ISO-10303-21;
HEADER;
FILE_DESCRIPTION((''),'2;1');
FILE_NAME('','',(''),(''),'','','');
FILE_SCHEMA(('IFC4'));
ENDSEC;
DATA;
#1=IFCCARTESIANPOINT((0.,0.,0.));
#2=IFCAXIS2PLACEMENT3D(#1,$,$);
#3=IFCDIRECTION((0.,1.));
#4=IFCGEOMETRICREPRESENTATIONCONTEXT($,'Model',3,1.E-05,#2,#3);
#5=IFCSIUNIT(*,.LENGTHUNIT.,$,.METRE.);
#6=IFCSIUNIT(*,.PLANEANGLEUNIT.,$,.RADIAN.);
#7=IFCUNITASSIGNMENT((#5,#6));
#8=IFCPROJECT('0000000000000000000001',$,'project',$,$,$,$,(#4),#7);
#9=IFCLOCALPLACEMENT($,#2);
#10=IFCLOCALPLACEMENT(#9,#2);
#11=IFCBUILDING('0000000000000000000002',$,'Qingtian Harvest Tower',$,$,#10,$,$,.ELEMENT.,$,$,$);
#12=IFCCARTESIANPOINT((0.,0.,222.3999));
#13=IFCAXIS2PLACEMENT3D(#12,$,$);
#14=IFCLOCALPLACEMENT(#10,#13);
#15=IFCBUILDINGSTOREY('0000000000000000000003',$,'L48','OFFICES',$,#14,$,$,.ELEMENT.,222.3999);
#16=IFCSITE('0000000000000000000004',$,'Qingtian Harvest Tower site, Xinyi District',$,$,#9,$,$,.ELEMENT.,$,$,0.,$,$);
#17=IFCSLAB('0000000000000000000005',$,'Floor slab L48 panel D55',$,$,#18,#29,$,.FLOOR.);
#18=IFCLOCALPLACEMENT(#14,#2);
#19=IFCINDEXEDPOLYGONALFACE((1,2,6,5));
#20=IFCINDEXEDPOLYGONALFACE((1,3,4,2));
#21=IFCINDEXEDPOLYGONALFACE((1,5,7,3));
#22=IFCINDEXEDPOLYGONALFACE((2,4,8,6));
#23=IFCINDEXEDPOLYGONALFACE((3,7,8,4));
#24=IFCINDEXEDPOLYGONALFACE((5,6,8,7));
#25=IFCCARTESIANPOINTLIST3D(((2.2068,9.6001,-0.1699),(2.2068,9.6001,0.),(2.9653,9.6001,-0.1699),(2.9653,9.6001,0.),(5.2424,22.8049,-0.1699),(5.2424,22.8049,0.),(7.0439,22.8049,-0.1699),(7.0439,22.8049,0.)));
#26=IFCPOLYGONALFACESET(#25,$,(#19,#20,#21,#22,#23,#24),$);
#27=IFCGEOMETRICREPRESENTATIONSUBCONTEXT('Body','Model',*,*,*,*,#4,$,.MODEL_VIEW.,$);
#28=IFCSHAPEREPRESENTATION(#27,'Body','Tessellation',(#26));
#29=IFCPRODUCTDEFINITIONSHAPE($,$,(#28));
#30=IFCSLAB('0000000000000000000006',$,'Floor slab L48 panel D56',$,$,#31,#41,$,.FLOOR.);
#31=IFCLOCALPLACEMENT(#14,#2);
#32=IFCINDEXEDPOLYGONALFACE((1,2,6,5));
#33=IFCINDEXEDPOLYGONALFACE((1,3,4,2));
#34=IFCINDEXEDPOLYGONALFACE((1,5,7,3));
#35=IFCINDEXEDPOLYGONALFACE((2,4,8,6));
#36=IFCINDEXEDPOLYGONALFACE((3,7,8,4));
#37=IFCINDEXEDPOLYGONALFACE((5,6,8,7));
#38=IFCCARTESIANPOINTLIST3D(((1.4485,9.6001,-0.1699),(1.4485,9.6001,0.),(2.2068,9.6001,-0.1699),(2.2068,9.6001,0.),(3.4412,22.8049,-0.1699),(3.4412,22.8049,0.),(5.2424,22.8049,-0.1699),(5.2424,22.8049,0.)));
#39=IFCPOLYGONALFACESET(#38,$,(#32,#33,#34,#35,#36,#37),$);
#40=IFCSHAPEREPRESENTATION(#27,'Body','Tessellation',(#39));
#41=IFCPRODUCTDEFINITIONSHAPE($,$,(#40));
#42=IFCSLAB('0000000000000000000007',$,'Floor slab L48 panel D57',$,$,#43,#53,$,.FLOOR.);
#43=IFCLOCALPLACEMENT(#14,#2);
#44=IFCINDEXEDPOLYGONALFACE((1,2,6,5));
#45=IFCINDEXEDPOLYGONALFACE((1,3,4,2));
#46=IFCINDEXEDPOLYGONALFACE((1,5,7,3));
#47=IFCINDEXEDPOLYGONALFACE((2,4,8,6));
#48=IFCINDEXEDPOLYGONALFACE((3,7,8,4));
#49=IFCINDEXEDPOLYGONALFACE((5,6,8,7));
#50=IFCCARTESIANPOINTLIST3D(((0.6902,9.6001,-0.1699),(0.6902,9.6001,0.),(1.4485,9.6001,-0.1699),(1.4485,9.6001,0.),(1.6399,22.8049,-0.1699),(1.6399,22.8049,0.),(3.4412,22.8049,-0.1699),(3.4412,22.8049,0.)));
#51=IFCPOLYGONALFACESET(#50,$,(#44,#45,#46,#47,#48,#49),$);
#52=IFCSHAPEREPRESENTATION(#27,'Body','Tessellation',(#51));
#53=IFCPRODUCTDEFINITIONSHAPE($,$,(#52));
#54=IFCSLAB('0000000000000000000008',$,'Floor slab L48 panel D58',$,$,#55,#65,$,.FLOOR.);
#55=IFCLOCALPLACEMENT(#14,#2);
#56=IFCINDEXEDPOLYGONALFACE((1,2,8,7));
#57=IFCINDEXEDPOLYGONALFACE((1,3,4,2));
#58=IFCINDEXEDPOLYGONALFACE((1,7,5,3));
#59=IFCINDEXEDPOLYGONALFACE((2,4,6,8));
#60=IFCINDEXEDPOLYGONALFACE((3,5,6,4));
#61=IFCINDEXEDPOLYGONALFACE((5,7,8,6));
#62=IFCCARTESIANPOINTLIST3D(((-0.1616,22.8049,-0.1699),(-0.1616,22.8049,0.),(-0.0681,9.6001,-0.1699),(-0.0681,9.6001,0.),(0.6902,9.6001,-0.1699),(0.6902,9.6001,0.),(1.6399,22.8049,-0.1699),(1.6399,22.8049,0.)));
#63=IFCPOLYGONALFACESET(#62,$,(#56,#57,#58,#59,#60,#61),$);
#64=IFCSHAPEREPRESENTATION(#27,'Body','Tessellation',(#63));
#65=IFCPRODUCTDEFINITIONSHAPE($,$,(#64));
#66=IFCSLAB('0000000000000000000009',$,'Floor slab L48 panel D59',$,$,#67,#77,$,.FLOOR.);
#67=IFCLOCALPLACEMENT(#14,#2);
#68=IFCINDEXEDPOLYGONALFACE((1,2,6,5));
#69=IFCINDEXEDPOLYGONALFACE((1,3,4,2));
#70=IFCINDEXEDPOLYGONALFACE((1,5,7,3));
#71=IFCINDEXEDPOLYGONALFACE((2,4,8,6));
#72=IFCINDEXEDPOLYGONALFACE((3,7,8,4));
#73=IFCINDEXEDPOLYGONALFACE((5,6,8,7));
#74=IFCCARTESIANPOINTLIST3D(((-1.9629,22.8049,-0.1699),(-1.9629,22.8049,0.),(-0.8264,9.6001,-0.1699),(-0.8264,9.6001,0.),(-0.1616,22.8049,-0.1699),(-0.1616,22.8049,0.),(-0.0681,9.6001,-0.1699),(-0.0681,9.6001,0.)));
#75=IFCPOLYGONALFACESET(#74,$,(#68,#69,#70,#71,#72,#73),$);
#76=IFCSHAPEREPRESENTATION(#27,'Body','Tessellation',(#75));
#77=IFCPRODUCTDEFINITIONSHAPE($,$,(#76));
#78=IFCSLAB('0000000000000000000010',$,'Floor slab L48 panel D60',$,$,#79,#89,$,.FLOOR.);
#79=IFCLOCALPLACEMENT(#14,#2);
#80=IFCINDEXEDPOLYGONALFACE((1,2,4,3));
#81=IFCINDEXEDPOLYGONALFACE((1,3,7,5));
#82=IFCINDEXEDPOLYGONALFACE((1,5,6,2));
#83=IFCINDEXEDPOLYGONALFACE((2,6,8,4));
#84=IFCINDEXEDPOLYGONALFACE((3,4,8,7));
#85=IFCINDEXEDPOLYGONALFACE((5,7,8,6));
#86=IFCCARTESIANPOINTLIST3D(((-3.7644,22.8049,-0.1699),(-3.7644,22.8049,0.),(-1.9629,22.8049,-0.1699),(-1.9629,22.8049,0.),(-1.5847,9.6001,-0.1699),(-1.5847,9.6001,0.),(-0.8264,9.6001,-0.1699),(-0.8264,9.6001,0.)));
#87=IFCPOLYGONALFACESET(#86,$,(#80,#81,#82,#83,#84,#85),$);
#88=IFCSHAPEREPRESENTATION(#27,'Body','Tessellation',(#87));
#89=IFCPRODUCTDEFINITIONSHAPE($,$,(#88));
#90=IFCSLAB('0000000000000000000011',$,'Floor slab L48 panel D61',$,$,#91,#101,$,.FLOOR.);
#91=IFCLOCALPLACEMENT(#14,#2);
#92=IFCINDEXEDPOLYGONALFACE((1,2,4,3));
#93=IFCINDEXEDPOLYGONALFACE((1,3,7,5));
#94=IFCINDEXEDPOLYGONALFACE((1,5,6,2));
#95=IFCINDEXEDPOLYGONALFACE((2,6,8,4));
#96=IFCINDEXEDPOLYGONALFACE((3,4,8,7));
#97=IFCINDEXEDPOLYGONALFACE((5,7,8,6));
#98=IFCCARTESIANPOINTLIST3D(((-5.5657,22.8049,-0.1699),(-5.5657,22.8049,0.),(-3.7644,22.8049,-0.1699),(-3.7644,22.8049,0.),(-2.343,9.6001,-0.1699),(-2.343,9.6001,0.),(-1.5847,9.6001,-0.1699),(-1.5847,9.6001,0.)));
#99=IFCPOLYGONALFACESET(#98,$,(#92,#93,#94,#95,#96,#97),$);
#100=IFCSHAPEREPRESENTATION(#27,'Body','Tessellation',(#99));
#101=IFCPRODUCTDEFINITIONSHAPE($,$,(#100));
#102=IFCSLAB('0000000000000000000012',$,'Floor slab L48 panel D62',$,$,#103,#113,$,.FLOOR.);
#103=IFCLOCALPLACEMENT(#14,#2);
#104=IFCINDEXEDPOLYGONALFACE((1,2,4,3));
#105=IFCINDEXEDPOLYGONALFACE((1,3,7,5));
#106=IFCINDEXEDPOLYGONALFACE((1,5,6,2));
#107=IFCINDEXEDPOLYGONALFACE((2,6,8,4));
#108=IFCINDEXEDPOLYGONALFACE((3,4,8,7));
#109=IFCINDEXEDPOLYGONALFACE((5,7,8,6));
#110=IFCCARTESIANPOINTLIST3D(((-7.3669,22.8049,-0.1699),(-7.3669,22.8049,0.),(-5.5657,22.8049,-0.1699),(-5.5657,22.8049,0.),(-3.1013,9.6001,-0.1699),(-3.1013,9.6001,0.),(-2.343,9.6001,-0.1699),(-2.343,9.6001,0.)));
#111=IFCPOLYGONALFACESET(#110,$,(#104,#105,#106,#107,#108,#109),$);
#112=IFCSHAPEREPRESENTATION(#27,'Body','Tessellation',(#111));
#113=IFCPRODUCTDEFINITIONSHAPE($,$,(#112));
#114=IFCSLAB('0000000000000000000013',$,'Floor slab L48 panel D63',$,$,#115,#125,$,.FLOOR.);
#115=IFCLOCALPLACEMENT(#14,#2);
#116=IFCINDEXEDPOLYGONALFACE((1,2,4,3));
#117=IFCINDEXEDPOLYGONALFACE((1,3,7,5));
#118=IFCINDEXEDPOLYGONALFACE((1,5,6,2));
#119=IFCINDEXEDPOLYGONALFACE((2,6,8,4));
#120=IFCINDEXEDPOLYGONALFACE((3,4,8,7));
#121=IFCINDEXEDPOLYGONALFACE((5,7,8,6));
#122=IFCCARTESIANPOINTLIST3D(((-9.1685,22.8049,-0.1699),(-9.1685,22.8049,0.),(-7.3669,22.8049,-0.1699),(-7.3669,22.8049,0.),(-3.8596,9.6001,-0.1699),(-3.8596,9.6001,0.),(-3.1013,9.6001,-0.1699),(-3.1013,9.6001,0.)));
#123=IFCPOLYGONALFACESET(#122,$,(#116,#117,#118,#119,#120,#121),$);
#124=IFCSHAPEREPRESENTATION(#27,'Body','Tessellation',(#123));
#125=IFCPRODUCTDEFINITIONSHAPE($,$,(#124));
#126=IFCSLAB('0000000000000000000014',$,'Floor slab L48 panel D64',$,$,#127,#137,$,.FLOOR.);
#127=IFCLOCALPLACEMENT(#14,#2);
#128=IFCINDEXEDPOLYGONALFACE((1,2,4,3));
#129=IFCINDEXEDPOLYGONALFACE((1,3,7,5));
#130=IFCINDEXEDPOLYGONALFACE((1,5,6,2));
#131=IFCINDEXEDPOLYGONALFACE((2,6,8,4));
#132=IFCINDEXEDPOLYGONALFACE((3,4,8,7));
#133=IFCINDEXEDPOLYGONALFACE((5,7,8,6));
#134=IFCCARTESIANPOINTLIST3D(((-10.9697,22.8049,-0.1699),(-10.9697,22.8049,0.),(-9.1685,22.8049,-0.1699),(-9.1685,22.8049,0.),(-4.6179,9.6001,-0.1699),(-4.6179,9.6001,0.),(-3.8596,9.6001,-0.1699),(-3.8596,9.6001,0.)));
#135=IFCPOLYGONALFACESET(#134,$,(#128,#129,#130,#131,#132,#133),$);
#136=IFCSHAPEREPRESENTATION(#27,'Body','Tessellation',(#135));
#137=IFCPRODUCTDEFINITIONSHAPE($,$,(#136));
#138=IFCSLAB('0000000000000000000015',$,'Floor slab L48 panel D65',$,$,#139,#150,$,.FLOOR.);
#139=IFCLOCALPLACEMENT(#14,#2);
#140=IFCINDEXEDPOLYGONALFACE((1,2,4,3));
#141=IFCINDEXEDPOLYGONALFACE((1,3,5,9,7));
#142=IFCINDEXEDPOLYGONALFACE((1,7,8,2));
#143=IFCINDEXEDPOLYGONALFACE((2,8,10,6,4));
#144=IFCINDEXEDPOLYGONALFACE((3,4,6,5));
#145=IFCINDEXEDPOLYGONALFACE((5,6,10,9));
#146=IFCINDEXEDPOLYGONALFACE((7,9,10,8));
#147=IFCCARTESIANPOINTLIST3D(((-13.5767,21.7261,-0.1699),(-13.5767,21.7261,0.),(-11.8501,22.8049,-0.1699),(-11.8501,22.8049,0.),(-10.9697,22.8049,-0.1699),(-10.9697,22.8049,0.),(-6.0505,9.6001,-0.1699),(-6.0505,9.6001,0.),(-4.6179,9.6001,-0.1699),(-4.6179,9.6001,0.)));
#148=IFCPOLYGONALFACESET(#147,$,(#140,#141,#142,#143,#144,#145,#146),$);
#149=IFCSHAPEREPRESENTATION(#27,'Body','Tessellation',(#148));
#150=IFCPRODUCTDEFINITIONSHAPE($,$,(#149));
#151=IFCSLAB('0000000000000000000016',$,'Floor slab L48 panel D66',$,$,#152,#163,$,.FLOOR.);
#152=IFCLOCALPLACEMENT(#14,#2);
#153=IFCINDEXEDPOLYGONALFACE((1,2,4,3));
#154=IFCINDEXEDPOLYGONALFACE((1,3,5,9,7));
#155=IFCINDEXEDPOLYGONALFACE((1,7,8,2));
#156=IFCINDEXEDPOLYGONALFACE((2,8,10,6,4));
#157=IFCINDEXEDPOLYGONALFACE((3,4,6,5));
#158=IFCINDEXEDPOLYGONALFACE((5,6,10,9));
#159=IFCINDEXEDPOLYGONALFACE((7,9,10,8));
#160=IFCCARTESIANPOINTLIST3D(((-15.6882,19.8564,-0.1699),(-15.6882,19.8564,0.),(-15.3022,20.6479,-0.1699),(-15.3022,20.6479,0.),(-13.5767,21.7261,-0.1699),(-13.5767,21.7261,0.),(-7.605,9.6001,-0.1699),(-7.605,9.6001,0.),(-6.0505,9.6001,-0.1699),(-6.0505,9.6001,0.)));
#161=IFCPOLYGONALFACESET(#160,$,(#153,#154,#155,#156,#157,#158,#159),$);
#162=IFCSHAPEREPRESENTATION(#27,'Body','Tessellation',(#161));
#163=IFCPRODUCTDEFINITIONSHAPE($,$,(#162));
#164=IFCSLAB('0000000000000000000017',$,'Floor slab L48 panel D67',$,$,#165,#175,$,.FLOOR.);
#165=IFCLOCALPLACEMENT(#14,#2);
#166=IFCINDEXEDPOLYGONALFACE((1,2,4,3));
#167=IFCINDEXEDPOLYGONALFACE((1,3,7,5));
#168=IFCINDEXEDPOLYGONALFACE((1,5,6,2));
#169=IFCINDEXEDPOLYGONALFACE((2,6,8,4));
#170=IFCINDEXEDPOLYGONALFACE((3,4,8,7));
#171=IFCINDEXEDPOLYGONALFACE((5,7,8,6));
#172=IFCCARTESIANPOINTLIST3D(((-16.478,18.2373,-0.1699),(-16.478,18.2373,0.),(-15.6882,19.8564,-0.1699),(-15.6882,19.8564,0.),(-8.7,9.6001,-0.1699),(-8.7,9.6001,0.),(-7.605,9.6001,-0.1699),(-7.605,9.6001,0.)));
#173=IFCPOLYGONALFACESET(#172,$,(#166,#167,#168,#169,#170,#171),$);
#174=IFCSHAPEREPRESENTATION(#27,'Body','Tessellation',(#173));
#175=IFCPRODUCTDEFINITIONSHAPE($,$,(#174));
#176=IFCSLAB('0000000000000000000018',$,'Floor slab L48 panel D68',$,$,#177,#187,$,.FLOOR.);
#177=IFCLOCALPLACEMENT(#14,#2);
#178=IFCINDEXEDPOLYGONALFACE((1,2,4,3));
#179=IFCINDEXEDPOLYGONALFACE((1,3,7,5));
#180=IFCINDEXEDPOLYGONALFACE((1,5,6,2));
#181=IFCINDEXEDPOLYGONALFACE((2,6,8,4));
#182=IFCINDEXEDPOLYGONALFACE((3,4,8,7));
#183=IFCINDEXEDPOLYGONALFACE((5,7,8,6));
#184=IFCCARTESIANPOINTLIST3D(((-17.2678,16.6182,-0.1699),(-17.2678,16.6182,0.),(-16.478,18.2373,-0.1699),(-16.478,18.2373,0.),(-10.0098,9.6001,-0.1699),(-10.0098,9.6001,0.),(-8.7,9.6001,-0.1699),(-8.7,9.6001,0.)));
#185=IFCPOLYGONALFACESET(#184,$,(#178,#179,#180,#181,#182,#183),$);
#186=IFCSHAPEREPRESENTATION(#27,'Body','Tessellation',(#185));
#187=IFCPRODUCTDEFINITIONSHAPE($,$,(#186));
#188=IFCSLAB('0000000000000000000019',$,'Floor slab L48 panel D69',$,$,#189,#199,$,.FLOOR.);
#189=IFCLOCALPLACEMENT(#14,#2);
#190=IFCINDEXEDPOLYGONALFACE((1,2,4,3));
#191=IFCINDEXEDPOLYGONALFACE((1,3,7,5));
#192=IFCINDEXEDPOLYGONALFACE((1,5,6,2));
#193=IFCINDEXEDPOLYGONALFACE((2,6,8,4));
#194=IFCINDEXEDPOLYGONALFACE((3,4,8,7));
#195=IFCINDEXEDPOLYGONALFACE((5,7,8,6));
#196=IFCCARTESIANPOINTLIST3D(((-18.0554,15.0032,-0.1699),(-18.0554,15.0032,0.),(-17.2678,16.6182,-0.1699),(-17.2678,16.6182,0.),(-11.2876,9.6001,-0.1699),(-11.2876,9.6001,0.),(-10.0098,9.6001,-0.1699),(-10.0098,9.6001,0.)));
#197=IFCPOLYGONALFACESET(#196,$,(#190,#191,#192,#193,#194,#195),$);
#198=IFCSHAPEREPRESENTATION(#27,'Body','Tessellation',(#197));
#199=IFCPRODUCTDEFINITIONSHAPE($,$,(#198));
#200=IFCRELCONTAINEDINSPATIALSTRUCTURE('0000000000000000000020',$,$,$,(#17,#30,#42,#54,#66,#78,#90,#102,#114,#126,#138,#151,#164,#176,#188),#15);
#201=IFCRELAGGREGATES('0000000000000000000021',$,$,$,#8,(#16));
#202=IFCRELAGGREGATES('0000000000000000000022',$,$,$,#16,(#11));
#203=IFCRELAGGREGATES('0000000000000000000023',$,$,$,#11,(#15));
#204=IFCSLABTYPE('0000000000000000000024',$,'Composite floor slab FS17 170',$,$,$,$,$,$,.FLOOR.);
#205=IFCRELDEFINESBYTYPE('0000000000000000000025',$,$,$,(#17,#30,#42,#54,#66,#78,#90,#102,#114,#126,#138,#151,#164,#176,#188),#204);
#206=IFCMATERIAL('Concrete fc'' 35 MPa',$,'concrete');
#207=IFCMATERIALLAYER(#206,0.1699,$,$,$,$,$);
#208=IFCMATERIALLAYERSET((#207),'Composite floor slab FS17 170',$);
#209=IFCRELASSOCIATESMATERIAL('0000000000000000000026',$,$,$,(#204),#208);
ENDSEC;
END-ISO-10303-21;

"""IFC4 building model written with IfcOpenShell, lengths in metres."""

from ifc_helpers import new_model, si_unit, direction, frame, origin, place, context, subcontext, project, spatial, polyline, outline, extrude, material, layer, layer_set, type_object, element, save


model = new_model("IFC4")

# Units and contexts
model_context = context("Model", 3, precision=1e-05, world=origin(), true_north=direction((0.0, 1.0)))
body_context = subcontext(model_context, "Body", "Model", "MODEL_VIEW")
ifc_project = project(units=[si_unit("LENGTHUNIT", "METRE"), si_unit("PLANEANGLEUNIT", "RADIAN")], contexts=[model_context])

# Site, building, storey
site_placement = place(None, origin())
site = spatial("IfcSite", under=ifc_project, at=site_placement, Name="Qingtian Harvest Tower site, Xinyi District", CompositionType="ELEMENT", RefElevation=0.0)
building_placement = place(site_placement, origin())
building = spatial("IfcBuilding", under=site, at=building_placement, Name="Qingtian Harvest Tower", CompositionType="ELEMENT")
storey_placement = place(building_placement, frame((0.0, 0.0, 222.3999)))
storey = spatial("IfcBuildingStorey", under=building, at=storey_placement, Name="L48", Description="OFFICES", CompositionType="ELEMENT", Elevation=222.3999)

# Slabs
ifc_material_1 = material(Name="Concrete fc' 35 MPa", Category="concrete")
ifc_layer_1 = layer(ifc_material_1, 0.1699)
ifc_layer_set_1 = layer_set([ifc_layer_1], Name="Composite floor slab FS17 170")
slab_type = type_object("IfcSlabType", Name="Composite floor slab FS17 170", PredefinedType="FLOOR", material=ifc_layer_set_1)
slab_1_placement = place(storey_placement, frame((0.0, 0.0, -0.1699)))
element("IfcSlab", 1, at=slab_1_placement, inside=storey, type_object=slab_type, Name="Floor slab L48 panel D55", PredefinedType="FLOOR", context=body_context, shape_type="SweptSolid", body=[
    extrude(outline(polyline([(2.2068, 9.6001), (5.2424, 22.8049), (7.0439, 22.8049), (2.9653, 9.6001), (2.2068, 9.6001)])), origin(), (0.0, 0.0, 1.0), 0.1699),
])
slab_2_placement = place(storey_placement, frame((0.0, 0.0, -0.1699)))
element("IfcSlab", 2, at=slab_2_placement, inside=storey, type_object=slab_type, Name="Floor slab L48 panel D56", PredefinedType="FLOOR", context=body_context, shape_type="SweptSolid", body=[
    extrude(outline(polyline([(1.4485, 9.6001), (3.4412, 22.8049), (5.2424, 22.8049), (2.2068, 9.6001), (1.4485, 9.6001)])), origin(), (0.0, 0.0, 1.0), 0.1699),
])
slab_3_placement = place(storey_placement, frame((0.0, 0.0, -0.1699)))
element("IfcSlab", 3, at=slab_3_placement, inside=storey, type_object=slab_type, Name="Floor slab L48 panel D57", PredefinedType="FLOOR", context=body_context, shape_type="SweptSolid", body=[
    extrude(outline(polyline([(0.6902, 9.6001), (1.6399, 22.8049), (3.4412, 22.8049), (1.4485, 9.6001), (0.6902, 9.6001)])), origin(), (0.0, 0.0, 1.0), 0.1699),
])
slab_4_placement = place(storey_placement, frame((0.0, 0.0, -0.1699)))
element("IfcSlab", 4, at=slab_4_placement, inside=storey, type_object=slab_type, Name="Floor slab L48 panel D58", PredefinedType="FLOOR", context=body_context, shape_type="SweptSolid", body=[
    extrude(outline(polyline([(-0.0681, 9.6001), (-0.1616, 22.8049), (1.6399, 22.8049), (0.6902, 9.6001), (-0.0681, 9.6001)])), origin(), (0.0, 0.0, 1.0), 0.1699),
])
slab_5_placement = place(storey_placement, frame((0.0, 0.0, -0.1699)))
element("IfcSlab", 5, at=slab_5_placement, inside=storey, type_object=slab_type, Name="Floor slab L48 panel D59", PredefinedType="FLOOR", context=body_context, shape_type="SweptSolid", body=[
    extrude(outline(polyline([(-0.8264, 9.6001), (-1.9629, 22.8049), (-0.1616, 22.8049), (-0.0681, 9.6001), (-0.8264, 9.6001)])), origin(), (0.0, 0.0, 1.0), 0.1699),
])
slab_6_placement = place(storey_placement, frame((0.0, 0.0, -0.1699)))
element("IfcSlab", 6, at=slab_6_placement, inside=storey, type_object=slab_type, Name="Floor slab L48 panel D60", PredefinedType="FLOOR", context=body_context, shape_type="SweptSolid", body=[
    extrude(outline(polyline([(-1.5847, 9.6001), (-3.7644, 22.8049), (-1.9629, 22.8049), (-0.8264, 9.6001), (-1.5847, 9.6001)])), origin(), (0.0, 0.0, 1.0), 0.1699),
])
slab_7_placement = place(storey_placement, frame((0.0, 0.0, -0.1699)))
element("IfcSlab", 7, at=slab_7_placement, inside=storey, type_object=slab_type, Name="Floor slab L48 panel D61", PredefinedType="FLOOR", context=body_context, shape_type="SweptSolid", body=[
    extrude(outline(polyline([(-2.343, 9.6001), (-5.5657, 22.8049), (-3.7644, 22.8049), (-1.5847, 9.6001), (-2.343, 9.6001)])), origin(), (0.0, 0.0, 1.0), 0.1699),
])
slab_8_placement = place(storey_placement, frame((0.0, 0.0, -0.1699)))
element("IfcSlab", 8, at=slab_8_placement, inside=storey, type_object=slab_type, Name="Floor slab L48 panel D62", PredefinedType="FLOOR", context=body_context, shape_type="SweptSolid", body=[
    extrude(outline(polyline([(-3.1013, 9.6001), (-7.3669, 22.8049), (-5.5657, 22.8049), (-2.343, 9.6001), (-3.1013, 9.6001)])), origin(), (0.0, 0.0, 1.0), 0.1699),
])
slab_9_placement = place(storey_placement, frame((0.0, 0.0, -0.1699)))
element("IfcSlab", 9, at=slab_9_placement, inside=storey, type_object=slab_type, Name="Floor slab L48 panel D63", PredefinedType="FLOOR", context=body_context, shape_type="SweptSolid", body=[
    extrude(outline(polyline([(-3.8596, 9.6001), (-9.1685, 22.8049), (-7.3669, 22.8049), (-3.1013, 9.6001), (-3.8596, 9.6001)])), origin(), (0.0, 0.0, 1.0), 0.1699),
])
slab_10_placement = place(storey_placement, frame((0.0, 0.0, -0.1699)))
element("IfcSlab", 10, at=slab_10_placement, inside=storey, type_object=slab_type, Name="Floor slab L48 panel D64", PredefinedType="FLOOR", context=body_context, shape_type="SweptSolid", body=[
    extrude(outline(polyline([(-4.6179, 9.6001), (-10.9697, 22.8049), (-9.1685, 22.8049), (-3.8596, 9.6001), (-4.6179, 9.6001)])), origin(), (0.0, 0.0, 1.0), 0.1699),
])
slab_11_placement = place(storey_placement, frame((0.0, 0.0, -0.1699)))
element("IfcSlab", 11, at=slab_11_placement, inside=storey, type_object=slab_type, Name="Floor slab L48 panel D65", PredefinedType="FLOOR", context=body_context, shape_type="SweptSolid", body=[
    extrude(outline(polyline([(-4.6179, 9.6001), (-6.0505, 9.6001), (-13.5767, 21.7261), (-11.8501, 22.8049), (-10.9697, 22.8049), (-4.6179, 9.6001)])), origin(), (0.0, 0.0, 1.0), 0.1699),
])
slab_12_placement = place(storey_placement, frame((0.0, 0.0, -0.1699)))
element("IfcSlab", 12, at=slab_12_placement, inside=storey, type_object=slab_type, Name="Floor slab L48 panel D66", PredefinedType="FLOOR", context=body_context, shape_type="SweptSolid", body=[
    extrude(outline(polyline([(-6.0505, 9.6001), (-7.605, 9.6001), (-15.6882, 19.8564), (-15.3022, 20.6479), (-13.5767, 21.7261), (-6.0505, 9.6001)])), origin(), (0.0, 0.0, 1.0), 0.1699),
])
slab_13_placement = place(storey_placement, frame((0.0, 0.0, -0.1699)))
element("IfcSlab", 13, at=slab_13_placement, inside=storey, type_object=slab_type, Name="Floor slab L48 panel D67", PredefinedType="FLOOR", context=body_context, shape_type="SweptSolid", body=[
    extrude(outline(polyline([(-8.7, 9.6001), (-16.478, 18.2373), (-15.6882, 19.8564), (-7.605, 9.6001), (-8.7, 9.6001)])), origin(), (0.0, 0.0, 1.0), 0.1699),
])
slab_14_placement = place(storey_placement, frame((0.0, 0.0, -0.1699)))
element("IfcSlab", 14, at=slab_14_placement, inside=storey, type_object=slab_type, Name="Floor slab L48 panel D68", PredefinedType="FLOOR", context=body_context, shape_type="SweptSolid", body=[
    extrude(outline(polyline([(-10.0098, 9.6001), (-17.2678, 16.6182), (-16.478, 18.2373), (-8.7, 9.6001), (-10.0098, 9.6001)])), origin(), (0.0, 0.0, 1.0), 0.1699),
])
slab_15_placement = place(storey_placement, frame((0.0, 0.0, -0.1699)))
element("IfcSlab", 15, at=slab_15_placement, inside=storey, type_object=slab_type, Name="Floor slab L48 panel D69", PredefinedType="FLOOR", context=body_context, shape_type="SweptSolid", body=[
    extrude(outline(polyline([(-11.2876, 9.6001), (-18.0554, 15.0032), (-17.2678, 16.6182), (-10.0098, 9.6001), (-11.2876, 9.6001)])), origin(), (0.0, 0.0, 1.0), 0.1699),
])

save(model, "model.ifc")
